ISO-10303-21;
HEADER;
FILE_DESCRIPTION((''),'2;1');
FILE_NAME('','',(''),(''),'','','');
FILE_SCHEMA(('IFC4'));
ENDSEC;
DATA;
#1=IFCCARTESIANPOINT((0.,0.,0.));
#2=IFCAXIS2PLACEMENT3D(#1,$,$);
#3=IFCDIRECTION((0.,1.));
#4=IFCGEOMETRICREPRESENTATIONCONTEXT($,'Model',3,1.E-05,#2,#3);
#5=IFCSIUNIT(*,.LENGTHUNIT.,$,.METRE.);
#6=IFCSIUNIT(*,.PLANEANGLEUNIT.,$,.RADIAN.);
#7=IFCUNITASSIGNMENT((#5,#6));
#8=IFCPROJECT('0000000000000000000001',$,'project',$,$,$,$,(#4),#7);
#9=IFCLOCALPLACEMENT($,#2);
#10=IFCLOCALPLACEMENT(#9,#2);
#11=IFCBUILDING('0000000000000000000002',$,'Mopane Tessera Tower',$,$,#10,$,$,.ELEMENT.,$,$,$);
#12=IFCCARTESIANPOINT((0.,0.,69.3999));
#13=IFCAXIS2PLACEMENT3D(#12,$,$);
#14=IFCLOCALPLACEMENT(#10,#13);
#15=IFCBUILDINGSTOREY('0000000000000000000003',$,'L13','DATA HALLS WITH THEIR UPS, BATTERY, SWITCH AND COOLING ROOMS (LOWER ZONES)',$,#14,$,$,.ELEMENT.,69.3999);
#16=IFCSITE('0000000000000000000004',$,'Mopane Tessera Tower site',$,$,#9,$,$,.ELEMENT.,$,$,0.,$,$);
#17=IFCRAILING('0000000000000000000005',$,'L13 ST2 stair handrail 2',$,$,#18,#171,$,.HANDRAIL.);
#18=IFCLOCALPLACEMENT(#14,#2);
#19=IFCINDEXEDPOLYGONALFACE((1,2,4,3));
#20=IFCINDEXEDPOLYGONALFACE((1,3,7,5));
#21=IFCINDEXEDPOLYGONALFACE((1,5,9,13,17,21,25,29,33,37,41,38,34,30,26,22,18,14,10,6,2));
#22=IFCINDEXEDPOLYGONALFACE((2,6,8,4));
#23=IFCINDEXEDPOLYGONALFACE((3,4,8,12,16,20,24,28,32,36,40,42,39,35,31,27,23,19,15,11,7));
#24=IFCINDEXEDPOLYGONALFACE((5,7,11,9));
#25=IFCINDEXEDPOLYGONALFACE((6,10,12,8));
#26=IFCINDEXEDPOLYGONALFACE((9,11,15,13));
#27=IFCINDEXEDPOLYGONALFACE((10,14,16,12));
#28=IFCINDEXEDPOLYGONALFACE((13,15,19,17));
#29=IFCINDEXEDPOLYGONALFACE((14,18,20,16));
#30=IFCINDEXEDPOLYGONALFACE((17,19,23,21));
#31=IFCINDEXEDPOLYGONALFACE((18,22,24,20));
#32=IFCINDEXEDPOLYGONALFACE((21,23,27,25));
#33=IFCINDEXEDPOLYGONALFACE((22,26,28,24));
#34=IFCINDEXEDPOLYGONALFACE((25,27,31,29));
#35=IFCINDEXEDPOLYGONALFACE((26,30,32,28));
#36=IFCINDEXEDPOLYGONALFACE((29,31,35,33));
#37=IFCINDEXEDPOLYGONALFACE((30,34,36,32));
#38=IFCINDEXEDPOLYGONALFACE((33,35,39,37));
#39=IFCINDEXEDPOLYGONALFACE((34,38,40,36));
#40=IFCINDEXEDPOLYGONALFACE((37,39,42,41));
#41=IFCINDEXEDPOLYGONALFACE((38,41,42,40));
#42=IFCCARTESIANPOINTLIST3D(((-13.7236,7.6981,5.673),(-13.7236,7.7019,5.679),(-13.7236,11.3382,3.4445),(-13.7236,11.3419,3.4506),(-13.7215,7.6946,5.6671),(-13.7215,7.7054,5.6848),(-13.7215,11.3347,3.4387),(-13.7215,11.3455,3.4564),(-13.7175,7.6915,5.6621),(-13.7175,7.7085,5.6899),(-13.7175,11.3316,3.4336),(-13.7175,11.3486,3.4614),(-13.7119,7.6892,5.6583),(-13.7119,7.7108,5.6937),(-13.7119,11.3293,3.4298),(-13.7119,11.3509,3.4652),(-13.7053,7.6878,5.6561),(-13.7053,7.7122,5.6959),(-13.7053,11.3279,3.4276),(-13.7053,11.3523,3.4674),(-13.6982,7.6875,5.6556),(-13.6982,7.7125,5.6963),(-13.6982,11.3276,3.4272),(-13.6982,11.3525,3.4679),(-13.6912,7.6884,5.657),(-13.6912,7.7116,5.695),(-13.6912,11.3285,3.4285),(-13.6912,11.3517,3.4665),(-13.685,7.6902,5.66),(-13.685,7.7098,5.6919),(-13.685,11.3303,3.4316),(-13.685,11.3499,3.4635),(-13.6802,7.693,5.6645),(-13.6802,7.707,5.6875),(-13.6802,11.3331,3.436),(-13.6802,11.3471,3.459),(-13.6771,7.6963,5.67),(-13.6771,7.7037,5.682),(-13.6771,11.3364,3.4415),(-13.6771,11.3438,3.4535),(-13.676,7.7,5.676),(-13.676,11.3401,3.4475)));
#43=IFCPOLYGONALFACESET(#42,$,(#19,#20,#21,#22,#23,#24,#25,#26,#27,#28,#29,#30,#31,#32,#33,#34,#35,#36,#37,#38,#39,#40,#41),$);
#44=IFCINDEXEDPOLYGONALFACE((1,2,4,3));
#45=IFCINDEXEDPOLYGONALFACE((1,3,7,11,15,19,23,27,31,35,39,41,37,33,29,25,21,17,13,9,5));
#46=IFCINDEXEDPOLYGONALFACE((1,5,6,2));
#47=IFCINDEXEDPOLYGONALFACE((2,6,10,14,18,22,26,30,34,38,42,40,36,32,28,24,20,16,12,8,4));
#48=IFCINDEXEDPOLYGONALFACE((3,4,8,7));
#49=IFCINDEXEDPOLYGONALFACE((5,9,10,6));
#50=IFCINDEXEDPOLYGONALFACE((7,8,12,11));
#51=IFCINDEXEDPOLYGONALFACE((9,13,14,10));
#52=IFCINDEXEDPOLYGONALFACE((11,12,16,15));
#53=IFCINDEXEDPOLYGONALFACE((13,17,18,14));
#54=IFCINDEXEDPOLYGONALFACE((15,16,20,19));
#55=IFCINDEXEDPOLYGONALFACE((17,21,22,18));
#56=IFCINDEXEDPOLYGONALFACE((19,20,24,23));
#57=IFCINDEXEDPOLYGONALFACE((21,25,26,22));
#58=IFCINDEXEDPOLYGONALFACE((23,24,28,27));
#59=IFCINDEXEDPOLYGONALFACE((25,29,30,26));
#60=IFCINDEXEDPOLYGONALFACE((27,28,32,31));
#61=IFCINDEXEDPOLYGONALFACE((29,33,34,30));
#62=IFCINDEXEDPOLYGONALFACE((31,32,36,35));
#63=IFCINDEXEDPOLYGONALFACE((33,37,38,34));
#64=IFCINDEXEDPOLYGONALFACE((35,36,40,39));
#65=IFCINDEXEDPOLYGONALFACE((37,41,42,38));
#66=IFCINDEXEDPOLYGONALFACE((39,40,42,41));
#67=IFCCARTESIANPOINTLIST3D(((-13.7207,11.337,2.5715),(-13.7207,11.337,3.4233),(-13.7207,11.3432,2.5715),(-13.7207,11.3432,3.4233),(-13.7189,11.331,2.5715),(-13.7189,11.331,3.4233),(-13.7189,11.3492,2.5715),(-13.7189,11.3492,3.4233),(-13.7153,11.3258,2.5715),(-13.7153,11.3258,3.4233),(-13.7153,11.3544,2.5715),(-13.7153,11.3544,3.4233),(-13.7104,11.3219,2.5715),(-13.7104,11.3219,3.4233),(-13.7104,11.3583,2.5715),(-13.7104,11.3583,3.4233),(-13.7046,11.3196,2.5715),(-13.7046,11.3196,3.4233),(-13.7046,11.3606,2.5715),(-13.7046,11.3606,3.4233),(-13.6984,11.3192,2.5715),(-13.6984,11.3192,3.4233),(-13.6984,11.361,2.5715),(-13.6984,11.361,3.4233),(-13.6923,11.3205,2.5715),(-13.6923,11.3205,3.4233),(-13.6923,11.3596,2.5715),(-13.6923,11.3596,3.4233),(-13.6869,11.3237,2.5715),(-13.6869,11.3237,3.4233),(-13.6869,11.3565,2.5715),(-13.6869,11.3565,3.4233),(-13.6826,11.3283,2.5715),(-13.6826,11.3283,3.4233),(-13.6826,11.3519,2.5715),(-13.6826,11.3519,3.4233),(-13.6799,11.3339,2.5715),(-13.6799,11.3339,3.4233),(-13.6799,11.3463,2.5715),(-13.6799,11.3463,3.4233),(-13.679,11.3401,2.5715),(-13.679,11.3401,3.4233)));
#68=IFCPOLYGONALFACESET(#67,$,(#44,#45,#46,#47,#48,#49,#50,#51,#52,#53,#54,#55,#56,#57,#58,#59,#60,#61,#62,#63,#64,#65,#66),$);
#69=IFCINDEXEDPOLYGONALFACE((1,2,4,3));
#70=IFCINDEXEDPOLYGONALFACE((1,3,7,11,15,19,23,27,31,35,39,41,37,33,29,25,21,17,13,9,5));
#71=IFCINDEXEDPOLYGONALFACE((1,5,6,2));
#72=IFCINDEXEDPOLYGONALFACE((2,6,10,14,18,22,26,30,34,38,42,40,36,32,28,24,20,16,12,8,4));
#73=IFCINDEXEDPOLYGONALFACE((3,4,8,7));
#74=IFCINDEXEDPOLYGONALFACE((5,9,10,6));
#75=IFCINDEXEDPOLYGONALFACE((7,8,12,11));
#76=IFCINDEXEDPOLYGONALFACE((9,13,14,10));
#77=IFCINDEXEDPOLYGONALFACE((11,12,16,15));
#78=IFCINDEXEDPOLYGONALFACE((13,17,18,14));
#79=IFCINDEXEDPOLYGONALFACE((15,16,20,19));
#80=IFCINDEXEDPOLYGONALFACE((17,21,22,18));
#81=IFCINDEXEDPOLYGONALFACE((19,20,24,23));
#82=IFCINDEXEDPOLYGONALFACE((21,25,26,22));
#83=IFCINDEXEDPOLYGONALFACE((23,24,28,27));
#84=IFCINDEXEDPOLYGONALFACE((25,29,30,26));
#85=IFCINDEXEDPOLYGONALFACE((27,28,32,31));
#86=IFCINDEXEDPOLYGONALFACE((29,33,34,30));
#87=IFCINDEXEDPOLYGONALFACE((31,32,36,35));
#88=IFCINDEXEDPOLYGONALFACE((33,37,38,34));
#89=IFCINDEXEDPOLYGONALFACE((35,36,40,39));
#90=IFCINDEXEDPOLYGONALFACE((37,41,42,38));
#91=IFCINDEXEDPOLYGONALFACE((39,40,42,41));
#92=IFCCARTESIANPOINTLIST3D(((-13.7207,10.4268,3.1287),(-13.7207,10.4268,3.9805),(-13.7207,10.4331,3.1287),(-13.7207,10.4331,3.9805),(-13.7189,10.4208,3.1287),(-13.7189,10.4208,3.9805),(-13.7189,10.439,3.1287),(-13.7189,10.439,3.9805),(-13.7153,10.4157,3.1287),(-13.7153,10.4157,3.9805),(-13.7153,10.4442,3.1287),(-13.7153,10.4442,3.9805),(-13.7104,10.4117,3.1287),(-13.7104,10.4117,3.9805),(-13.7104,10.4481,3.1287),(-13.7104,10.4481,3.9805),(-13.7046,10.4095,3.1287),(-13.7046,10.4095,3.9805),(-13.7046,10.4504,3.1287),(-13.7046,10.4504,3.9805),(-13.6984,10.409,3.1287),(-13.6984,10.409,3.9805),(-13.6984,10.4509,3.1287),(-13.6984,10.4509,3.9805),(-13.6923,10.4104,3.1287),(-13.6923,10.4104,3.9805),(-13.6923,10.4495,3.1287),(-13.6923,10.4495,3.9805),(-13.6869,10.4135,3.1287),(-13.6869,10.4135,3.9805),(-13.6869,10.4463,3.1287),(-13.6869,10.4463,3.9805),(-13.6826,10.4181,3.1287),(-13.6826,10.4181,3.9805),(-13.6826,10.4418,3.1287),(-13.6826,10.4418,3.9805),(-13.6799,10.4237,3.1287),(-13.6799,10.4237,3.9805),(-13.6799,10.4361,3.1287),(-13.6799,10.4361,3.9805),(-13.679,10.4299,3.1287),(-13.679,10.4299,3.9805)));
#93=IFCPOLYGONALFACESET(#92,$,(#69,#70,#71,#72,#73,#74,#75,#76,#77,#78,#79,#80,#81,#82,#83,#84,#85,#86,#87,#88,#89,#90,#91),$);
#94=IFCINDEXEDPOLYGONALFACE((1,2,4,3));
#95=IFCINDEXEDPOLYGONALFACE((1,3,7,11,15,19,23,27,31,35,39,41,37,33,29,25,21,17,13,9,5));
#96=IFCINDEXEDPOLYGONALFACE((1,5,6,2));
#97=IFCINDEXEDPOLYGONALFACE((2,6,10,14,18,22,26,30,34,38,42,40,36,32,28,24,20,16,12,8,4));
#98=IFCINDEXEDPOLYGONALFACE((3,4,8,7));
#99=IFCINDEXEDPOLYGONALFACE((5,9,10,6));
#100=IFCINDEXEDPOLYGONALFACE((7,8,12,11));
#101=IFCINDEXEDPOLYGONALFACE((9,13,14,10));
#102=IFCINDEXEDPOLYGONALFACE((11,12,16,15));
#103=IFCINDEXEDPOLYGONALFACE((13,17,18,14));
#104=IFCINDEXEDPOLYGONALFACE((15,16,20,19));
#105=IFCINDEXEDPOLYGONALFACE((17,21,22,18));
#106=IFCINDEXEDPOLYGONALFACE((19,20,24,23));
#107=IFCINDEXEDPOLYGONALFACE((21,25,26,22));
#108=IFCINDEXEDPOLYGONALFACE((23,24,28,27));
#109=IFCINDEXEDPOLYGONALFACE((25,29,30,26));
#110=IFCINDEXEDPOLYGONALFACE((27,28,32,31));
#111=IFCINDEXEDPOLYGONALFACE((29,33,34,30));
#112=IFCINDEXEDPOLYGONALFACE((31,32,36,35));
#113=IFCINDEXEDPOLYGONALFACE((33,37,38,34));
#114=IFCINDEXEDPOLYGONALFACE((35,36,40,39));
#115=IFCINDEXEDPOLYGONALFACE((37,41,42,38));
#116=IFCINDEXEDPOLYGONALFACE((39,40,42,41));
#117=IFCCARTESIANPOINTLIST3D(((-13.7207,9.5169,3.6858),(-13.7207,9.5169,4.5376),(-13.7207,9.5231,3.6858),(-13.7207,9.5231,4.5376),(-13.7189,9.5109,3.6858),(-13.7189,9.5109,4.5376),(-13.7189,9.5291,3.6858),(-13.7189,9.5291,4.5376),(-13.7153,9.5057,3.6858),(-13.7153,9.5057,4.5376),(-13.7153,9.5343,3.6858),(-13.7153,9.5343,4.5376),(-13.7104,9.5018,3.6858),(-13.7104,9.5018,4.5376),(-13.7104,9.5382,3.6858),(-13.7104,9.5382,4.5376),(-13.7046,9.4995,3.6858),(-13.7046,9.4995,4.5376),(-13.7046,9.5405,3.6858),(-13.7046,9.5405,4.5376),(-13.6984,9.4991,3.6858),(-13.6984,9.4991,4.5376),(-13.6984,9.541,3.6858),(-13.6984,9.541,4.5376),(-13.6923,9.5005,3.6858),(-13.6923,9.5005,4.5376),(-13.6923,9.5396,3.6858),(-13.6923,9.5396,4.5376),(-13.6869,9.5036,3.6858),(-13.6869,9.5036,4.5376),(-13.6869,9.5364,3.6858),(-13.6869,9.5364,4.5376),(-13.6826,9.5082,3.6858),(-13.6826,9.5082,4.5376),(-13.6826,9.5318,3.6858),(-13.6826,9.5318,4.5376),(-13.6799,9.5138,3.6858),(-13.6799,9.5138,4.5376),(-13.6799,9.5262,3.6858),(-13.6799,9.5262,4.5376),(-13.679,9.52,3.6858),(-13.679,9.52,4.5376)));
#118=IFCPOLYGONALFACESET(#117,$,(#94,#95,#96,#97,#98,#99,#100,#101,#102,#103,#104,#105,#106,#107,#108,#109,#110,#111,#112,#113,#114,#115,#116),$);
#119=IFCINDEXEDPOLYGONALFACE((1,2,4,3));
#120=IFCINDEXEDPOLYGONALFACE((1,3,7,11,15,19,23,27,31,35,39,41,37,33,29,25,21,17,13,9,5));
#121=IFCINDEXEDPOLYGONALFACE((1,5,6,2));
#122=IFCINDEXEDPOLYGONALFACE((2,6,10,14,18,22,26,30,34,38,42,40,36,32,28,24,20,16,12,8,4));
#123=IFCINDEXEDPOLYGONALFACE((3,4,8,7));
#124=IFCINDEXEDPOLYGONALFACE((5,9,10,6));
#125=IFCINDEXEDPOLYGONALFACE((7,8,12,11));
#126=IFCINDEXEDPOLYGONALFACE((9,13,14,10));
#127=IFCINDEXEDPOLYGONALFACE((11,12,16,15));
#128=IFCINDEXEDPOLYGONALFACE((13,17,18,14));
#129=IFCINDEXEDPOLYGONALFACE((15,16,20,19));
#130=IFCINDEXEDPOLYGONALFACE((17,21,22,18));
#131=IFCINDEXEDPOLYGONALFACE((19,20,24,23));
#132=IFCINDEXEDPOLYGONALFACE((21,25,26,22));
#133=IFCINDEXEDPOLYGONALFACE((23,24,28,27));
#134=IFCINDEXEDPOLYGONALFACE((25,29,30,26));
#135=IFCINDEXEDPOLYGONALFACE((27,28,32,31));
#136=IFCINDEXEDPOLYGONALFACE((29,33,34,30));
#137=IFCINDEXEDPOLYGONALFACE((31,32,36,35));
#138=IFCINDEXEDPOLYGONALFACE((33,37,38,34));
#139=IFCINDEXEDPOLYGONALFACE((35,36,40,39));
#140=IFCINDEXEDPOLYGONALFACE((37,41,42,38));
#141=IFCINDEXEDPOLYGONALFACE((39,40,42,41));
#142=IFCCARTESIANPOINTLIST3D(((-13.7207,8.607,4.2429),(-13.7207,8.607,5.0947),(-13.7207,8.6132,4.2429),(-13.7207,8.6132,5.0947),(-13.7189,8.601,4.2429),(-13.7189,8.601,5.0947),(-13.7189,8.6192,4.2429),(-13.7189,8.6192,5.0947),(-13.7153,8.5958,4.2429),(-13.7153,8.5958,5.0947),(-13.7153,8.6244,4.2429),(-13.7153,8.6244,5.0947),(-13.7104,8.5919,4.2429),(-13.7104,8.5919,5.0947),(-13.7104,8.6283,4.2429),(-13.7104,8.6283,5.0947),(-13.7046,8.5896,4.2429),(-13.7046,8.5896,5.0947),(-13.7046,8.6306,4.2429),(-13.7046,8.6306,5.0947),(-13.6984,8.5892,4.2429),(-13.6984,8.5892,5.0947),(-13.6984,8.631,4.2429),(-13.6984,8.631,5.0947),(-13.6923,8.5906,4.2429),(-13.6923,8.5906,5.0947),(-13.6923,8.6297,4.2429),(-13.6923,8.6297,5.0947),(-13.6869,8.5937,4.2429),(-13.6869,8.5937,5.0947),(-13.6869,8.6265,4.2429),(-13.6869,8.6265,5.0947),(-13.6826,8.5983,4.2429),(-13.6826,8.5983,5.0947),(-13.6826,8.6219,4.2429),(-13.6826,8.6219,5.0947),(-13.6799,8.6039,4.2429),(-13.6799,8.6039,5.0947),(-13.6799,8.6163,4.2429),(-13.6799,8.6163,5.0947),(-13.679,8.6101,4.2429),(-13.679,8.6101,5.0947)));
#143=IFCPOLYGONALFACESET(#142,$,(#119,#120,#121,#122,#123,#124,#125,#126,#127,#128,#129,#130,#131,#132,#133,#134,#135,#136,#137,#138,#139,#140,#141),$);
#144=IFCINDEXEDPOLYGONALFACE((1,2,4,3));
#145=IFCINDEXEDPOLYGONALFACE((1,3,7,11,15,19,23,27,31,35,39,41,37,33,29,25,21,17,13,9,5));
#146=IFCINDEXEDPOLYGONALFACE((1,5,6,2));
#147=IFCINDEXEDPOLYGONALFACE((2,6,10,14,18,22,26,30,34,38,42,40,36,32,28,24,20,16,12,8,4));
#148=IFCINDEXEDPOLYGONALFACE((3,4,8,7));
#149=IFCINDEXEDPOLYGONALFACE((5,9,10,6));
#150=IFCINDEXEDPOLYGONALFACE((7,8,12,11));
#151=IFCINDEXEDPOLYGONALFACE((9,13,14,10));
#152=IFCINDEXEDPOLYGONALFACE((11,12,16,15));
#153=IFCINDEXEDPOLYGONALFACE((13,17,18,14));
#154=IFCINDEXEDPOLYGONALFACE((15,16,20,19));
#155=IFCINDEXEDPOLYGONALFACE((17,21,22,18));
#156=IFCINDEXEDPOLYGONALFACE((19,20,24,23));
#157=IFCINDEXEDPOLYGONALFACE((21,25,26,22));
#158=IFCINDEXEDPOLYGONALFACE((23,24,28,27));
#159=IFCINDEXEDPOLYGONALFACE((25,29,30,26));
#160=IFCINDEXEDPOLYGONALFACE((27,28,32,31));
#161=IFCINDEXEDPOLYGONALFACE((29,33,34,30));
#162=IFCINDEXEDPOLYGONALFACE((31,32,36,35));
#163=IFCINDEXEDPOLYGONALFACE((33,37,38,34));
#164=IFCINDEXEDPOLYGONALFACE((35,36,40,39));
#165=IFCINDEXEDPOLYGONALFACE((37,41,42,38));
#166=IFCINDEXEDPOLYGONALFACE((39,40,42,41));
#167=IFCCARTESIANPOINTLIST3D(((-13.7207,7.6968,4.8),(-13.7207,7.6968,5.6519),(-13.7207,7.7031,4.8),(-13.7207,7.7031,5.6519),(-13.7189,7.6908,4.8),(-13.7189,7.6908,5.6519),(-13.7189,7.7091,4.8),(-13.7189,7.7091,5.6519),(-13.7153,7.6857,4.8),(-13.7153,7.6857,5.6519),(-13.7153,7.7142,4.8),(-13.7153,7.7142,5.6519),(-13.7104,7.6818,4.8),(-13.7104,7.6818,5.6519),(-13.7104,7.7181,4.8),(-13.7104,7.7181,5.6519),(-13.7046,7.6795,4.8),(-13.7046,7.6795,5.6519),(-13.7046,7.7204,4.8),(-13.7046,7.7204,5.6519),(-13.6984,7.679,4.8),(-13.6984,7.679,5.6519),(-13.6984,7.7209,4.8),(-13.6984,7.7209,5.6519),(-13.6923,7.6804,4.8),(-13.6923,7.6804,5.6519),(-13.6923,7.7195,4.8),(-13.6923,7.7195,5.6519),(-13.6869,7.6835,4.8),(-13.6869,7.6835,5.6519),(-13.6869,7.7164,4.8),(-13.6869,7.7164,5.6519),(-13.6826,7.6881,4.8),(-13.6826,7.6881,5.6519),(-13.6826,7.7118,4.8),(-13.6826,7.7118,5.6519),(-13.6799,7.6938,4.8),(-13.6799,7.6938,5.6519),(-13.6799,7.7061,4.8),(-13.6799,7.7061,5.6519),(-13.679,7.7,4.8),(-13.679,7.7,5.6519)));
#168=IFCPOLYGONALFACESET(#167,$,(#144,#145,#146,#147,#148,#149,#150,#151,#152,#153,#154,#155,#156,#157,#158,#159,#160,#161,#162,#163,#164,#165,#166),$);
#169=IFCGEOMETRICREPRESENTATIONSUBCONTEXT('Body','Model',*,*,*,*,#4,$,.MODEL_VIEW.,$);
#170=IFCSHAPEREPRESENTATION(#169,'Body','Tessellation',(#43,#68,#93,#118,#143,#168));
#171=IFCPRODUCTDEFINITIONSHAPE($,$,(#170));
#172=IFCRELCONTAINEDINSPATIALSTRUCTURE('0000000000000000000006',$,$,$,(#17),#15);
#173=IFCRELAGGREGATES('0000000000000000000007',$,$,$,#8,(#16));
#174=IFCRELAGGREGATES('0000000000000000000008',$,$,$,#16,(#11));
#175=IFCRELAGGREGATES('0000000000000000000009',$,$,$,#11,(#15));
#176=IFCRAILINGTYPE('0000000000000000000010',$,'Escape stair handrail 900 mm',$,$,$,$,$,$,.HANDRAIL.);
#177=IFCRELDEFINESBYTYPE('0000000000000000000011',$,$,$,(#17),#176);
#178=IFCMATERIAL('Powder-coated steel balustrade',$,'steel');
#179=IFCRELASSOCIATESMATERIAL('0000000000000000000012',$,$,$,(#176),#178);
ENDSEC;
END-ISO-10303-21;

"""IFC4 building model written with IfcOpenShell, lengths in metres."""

from ifc_helpers import new_model, si_unit, direction, frame, origin, origin_2d, place, context, subcontext, project, spatial, circle, extrude, material, type_object, element, save


model = new_model("IFC4")

# Units and contexts
model_context = context("Model", 3, precision=1e-05, world=origin(), true_north=direction((0.0, 1.0)))
body_context = subcontext(model_context, "Body", "Model", "MODEL_VIEW")
ifc_project = project(units=[si_unit("LENGTHUNIT", "METRE"), si_unit("PLANEANGLEUNIT", "RADIAN")], contexts=[model_context])

# Site, building, storey
site_placement = place(None, origin())
site = spatial("IfcSite", under=ifc_project, at=site_placement, Name="Mopane Tessera Tower site", CompositionType="ELEMENT", RefElevation=0.0)
building_placement = place(site_placement, origin())
building = spatial("IfcBuilding", under=site, at=building_placement, Name="Mopane Tessera Tower", CompositionType="ELEMENT")
storey_placement = place(building_placement, frame((0.0, 0.0, 69.3999)))
storey = spatial("IfcBuildingStorey", under=building, at=storey_placement, Name="L13", Description="DATA HALLS WITH THEIR UPS, BATTERY, SWITCH AND COOLING ROOMS (LOWER ZONES)", CompositionType="ELEMENT", Elevation=69.3999)

# Railing
ifc_material_1 = material(Name="Powder-coated steel balustrade", Category="steel")
railing_type = type_object("IfcRailingType", Name="Escape stair handrail 900 mm", PredefinedType="HANDRAIL", material=ifc_material_1)
railing_placement = place(storey_placement, frame((-13.7, 11.3401, 2.5715)))
element("IfcRailing", 1, at=railing_placement, inside=storey, type_object=railing_type, Name="L13 ST2 stair handrail 2", PredefinedType="HANDRAIL", context=body_context, shape_type="SweptSolid", body=[
    extrude(circle(Radius=0.0239, at=origin_2d()), frame((0.0, 0.0, 0.876), z_axis=(0.0, -0.852866, 0.52213), x_axis=(1.0, 0.0, 0.0)), (0.0, 0.0, 1.0), 4.2681),
    extrude(circle(Radius=0.021, at=origin_2d()), origin(), (0.0, 0.0, 1.0), 0.8518),
    extrude(circle(Radius=0.021, at=origin_2d()), frame((0.0, -0.9102, 0.5571)), (0.0, 0.0, 1.0), 0.8518),
    extrude(circle(Radius=0.021, at=origin_2d()), frame((0.0, -1.8201, 1.1143)), (0.0, 0.0, 1.0), 0.8518),
    extrude(circle(Radius=0.021, at=origin_2d()), frame((0.0, -2.73, 1.6714)), (0.0, 0.0, 1.0), 0.8518),
    extrude(circle(Radius=0.021, at=origin_2d()), frame((0.0, -3.6401, 2.2285)), (0.0, 0.0, 1.0), 0.8518),
])

save(model, "model.ifc")
